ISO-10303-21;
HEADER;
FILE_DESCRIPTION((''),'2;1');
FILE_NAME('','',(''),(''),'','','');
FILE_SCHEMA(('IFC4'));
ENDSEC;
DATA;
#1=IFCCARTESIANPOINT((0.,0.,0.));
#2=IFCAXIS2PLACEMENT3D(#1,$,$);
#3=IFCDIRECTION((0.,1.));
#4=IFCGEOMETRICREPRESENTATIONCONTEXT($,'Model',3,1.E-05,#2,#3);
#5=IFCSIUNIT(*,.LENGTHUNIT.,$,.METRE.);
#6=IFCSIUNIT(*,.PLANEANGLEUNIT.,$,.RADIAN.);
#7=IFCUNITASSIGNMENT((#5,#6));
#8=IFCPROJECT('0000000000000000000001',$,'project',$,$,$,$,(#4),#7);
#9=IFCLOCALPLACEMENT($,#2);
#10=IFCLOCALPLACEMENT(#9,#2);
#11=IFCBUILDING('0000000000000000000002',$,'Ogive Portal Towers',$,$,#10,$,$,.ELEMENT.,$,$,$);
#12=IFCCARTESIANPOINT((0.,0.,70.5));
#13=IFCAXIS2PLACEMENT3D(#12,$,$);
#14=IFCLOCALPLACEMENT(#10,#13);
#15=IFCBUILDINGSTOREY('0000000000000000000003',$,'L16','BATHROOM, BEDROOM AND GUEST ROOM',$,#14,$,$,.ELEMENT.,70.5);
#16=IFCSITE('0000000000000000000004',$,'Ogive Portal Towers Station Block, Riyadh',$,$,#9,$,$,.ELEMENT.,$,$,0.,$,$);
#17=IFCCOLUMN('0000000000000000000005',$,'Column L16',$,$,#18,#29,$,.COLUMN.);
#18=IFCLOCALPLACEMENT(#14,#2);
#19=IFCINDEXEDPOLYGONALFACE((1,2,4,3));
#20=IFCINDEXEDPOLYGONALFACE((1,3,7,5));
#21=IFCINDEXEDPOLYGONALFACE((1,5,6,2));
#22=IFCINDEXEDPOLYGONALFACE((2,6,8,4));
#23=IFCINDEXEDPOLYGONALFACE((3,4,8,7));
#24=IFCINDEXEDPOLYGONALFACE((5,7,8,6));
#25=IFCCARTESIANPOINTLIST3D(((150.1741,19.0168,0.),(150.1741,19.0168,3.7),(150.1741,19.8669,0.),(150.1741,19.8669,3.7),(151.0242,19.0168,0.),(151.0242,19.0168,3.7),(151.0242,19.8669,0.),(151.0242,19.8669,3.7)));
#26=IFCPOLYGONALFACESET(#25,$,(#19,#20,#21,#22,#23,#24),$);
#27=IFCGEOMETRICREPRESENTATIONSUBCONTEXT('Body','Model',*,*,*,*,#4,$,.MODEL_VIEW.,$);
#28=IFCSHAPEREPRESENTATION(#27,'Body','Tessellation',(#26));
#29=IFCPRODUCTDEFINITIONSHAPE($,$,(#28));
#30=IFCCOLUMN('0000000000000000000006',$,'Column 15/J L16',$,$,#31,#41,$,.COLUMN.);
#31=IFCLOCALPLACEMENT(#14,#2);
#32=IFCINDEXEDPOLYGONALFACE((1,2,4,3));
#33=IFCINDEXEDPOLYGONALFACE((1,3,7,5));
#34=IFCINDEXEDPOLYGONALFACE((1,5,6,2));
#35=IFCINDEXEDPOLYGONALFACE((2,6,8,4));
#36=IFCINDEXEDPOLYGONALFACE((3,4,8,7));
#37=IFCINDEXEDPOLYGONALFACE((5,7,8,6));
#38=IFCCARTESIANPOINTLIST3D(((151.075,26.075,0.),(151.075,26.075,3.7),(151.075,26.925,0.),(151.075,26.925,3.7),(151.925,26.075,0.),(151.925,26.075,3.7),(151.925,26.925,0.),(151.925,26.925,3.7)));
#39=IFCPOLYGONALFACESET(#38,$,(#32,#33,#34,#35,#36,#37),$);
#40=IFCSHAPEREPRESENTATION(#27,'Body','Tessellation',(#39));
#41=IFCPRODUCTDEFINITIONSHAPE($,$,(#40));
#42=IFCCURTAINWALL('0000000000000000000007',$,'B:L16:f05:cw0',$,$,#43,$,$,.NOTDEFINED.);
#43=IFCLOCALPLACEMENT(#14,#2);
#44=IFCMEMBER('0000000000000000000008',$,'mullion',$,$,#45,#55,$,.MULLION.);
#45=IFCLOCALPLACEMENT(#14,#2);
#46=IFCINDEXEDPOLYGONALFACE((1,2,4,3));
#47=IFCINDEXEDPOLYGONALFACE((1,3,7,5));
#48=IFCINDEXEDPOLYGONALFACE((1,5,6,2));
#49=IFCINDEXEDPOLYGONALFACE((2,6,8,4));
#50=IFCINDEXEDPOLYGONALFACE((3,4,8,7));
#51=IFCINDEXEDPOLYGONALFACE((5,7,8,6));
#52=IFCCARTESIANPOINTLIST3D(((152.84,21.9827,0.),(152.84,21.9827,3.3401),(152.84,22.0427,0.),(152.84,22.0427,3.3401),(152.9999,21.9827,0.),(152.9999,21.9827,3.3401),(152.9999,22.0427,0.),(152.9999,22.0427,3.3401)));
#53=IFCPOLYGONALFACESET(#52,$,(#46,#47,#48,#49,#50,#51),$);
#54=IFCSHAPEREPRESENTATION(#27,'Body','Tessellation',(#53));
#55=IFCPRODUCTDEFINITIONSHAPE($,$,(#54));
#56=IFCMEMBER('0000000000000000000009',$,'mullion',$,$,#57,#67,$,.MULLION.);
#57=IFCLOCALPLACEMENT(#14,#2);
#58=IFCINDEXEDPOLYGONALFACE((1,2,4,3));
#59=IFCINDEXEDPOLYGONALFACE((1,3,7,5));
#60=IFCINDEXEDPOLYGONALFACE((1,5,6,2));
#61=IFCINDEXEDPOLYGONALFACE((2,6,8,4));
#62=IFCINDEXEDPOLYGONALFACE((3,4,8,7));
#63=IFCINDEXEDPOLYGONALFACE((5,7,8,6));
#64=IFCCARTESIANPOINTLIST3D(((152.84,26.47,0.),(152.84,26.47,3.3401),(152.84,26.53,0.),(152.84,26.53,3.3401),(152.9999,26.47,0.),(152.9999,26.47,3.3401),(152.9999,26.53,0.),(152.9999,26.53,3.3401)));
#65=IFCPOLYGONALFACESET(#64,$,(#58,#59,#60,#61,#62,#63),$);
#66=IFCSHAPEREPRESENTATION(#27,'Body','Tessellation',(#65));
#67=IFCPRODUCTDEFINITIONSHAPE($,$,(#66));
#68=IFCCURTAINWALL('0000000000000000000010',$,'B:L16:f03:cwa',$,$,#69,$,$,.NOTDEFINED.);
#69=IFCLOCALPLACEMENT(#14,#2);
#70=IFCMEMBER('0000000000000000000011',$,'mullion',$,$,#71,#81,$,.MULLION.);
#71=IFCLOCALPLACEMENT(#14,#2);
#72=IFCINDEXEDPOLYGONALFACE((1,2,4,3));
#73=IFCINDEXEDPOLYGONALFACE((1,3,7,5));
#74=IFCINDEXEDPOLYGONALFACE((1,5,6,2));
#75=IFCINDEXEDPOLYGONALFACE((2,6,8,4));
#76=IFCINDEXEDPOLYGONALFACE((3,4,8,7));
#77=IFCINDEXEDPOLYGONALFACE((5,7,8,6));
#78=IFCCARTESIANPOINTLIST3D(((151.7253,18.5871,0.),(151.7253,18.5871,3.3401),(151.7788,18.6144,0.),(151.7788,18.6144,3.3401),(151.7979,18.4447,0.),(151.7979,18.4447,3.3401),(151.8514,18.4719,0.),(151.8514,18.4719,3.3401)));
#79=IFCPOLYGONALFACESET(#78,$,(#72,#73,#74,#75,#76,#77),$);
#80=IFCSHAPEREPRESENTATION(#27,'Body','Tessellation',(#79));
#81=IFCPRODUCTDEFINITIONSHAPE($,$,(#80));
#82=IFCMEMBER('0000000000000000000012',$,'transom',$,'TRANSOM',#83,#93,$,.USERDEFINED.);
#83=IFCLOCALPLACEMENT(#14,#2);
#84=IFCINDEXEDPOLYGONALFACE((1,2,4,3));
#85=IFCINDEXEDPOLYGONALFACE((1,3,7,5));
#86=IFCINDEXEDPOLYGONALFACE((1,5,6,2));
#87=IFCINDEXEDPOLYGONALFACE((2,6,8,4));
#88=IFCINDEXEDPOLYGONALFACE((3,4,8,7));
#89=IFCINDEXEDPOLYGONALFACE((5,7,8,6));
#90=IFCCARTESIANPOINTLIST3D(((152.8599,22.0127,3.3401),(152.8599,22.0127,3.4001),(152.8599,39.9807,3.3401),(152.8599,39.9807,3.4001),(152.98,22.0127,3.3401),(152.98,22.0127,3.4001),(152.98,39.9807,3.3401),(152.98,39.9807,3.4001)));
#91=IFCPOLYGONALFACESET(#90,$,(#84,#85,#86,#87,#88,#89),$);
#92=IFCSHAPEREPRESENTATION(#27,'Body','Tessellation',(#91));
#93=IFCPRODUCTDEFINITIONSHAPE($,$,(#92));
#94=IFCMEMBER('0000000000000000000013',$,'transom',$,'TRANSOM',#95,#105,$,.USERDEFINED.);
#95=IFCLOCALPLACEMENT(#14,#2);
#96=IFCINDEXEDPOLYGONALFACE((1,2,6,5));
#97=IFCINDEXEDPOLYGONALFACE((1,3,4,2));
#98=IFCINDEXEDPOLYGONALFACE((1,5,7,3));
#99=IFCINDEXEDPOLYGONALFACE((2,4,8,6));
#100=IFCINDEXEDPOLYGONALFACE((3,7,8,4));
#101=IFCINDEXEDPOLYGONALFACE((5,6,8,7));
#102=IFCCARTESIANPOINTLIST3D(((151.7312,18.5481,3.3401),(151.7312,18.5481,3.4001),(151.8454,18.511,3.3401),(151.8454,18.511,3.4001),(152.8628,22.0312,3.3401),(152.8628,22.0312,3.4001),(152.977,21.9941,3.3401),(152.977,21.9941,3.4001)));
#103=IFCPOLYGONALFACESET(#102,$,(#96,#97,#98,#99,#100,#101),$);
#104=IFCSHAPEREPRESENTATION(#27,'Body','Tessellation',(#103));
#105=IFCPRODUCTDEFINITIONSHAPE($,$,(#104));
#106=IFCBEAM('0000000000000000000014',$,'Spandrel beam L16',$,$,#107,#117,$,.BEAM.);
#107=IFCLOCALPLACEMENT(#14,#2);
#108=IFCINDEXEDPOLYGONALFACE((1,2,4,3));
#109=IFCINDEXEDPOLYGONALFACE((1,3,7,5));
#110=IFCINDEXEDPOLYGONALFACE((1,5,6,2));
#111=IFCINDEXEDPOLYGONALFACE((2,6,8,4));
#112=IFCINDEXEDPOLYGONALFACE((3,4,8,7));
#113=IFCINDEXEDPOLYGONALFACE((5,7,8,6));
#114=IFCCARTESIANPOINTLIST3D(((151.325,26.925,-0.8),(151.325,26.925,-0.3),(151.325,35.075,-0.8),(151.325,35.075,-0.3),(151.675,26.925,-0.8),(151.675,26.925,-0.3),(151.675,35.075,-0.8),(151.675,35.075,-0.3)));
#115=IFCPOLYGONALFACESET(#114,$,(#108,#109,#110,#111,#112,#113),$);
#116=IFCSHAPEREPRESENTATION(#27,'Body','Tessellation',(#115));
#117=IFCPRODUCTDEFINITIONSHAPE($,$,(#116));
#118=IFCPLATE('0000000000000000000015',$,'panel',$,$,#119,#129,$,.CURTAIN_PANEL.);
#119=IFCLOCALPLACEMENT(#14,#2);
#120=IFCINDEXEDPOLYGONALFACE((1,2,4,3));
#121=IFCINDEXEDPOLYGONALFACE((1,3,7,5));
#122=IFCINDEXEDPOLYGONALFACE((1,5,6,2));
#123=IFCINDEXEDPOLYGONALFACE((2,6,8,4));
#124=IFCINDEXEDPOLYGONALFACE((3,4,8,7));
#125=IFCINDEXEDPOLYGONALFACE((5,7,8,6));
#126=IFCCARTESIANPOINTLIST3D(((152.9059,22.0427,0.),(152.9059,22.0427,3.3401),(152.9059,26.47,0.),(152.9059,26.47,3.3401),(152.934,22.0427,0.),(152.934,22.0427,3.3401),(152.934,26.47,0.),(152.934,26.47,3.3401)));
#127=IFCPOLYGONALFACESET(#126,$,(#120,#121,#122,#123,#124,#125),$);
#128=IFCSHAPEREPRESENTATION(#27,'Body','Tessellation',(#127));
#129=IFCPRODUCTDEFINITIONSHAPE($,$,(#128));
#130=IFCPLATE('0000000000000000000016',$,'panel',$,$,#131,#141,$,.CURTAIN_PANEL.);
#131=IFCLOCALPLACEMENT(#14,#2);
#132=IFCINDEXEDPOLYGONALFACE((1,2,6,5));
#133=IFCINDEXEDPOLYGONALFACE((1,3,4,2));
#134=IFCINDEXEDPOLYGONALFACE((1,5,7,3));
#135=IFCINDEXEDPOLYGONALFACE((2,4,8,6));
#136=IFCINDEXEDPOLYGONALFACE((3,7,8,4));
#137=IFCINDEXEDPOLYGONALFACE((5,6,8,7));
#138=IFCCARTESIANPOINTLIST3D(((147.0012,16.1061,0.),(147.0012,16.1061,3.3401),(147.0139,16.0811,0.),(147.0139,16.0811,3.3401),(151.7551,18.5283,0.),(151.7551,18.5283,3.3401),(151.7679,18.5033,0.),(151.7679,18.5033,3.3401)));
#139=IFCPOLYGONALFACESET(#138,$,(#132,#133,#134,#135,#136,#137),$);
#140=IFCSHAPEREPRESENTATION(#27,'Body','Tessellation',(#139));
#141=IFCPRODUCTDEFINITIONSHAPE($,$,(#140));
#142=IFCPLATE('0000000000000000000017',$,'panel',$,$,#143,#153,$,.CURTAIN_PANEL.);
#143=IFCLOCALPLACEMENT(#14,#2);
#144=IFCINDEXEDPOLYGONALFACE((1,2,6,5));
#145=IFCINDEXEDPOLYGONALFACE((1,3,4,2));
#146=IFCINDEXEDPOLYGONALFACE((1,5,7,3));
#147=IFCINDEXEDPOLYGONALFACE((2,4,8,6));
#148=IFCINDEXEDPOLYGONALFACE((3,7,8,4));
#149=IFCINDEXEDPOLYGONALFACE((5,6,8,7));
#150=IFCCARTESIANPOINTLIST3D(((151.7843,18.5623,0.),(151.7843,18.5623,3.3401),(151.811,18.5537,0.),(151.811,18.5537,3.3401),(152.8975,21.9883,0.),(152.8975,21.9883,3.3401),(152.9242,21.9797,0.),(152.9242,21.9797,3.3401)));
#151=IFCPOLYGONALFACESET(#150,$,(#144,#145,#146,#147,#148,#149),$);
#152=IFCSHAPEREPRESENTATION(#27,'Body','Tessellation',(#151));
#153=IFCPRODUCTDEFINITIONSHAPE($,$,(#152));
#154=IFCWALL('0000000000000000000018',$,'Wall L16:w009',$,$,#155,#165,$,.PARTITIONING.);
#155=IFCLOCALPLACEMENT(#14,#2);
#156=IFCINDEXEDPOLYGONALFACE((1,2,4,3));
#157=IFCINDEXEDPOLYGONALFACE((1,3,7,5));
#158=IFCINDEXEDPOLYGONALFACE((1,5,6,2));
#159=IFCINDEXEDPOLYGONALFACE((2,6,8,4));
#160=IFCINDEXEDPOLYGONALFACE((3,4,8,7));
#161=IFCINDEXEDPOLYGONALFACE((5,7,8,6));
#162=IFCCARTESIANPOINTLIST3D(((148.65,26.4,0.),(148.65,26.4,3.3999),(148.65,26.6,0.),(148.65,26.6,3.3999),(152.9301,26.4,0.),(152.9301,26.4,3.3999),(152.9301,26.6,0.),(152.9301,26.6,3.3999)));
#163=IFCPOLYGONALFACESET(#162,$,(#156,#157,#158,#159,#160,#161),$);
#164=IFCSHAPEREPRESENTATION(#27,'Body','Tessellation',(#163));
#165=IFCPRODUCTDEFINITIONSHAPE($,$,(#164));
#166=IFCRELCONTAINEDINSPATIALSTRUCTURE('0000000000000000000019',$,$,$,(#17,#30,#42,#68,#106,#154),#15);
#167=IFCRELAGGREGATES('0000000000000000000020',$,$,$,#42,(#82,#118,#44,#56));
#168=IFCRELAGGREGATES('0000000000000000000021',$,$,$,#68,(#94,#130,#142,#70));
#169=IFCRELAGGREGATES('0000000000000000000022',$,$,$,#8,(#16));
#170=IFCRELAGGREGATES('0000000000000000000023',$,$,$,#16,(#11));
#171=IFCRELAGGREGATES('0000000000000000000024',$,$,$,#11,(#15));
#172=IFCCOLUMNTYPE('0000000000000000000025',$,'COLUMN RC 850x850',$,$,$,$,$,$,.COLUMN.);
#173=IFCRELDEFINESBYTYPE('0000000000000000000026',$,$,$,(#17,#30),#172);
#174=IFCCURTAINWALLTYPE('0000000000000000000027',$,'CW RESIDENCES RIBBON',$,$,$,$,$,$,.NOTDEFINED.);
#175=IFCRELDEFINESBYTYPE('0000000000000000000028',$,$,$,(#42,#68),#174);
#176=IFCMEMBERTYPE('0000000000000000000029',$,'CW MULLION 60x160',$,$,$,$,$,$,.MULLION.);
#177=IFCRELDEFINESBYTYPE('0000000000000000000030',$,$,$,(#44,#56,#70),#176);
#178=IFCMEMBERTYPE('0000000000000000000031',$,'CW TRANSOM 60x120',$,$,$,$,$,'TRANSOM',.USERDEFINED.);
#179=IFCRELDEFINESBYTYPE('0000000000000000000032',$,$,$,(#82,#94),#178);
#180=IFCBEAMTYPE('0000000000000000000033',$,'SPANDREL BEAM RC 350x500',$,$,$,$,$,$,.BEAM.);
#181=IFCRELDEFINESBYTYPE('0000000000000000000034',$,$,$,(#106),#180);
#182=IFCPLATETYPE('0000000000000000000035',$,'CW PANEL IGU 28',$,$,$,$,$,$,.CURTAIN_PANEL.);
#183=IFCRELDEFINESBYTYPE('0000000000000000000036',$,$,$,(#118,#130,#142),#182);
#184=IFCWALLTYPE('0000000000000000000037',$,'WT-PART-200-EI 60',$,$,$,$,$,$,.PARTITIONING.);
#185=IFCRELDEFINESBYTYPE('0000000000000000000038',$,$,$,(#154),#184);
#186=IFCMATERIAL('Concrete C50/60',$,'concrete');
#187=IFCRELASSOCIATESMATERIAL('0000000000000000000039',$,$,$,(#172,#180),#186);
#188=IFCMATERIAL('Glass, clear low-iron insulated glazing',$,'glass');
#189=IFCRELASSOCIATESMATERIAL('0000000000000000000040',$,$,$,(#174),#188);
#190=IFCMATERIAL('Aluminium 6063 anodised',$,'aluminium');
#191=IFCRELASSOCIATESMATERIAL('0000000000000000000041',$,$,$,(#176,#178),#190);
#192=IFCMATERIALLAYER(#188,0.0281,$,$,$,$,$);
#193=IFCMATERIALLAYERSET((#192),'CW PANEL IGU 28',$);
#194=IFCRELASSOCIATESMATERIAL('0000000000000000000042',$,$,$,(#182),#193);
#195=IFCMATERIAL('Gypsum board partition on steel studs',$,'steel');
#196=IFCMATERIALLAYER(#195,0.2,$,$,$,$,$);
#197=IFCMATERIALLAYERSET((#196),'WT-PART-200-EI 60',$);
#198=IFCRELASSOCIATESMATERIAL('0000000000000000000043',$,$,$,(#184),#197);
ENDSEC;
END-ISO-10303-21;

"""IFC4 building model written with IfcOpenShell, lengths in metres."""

from ifc_helpers import new_model, si_unit, direction, frame, frame_2d, origin, origin_2d, place, context, subcontext, project, spatial, rectangle, extrude, material, layer, layer_set, material_profile, profile_set, type_object, element, aggregate, save


model = new_model("IFC4")

# Units and contexts
model_context = context("Model", 3, precision=1e-05, world=origin(), true_north=direction((0.0, 1.0)))
body_context = subcontext(model_context, "Body", "Model", "MODEL_VIEW")
ifc_project = project(units=[si_unit("LENGTHUNIT", "METRE"), si_unit("PLANEANGLEUNIT", "RADIAN")], contexts=[model_context])

# Site, building, storey
site_placement = place(None, origin())
site = spatial("IfcSite", under=ifc_project, at=site_placement, Name="Ogive Portal Towers Station Block, Riyadh", CompositionType="ELEMENT", RefElevation=0.0)
building_placement = place(site_placement, origin())
building = spatial("IfcBuilding", under=site, at=building_placement, Name="Ogive Portal Towers", CompositionType="ELEMENT")
storey_placement = place(building_placement, frame((0.0, 0.0, 70.5)))
storey = spatial("IfcBuildingStorey", under=building, at=storey_placement, Name="L16", Description="BATHROOM, BEDROOM AND GUEST ROOM", CompositionType="ELEMENT", Elevation=70.5)

# Columns
ifc_material_1 = material(Name="Concrete C50/60", Category="concrete")
ifc_material_profile_1 = material_profile(ifc_material_1, rectangle(XDim=0.8501, YDim=0.8501, at=origin_2d()), Name="RC 850x850")
ifc_profile_set_1 = profile_set([ifc_material_profile_1], Name="Concrete C50/60")
column_type = type_object("IfcColumnType", Name="COLUMN RC 850x850", PredefinedType="COLUMN", material=ifc_profile_set_1)
for number, where, z_axis, x_axis, name in (
    (1, (150.5991, 19.4419, 0.0), (0.0, 0.0, 1.0), (1.0, 0.0, 0.0), "Column L16"),
    (2, (151.5, 26.5, 0.0), (0.0, 0.0, 1.0), (1.0, 0.0, 0.0), "Column 15/J L16"),
):
    element("IfcColumn", number, at=place(storey_placement, frame(where, z_axis=z_axis, x_axis=x_axis)), inside=storey, type_object=column_type, Name=name, PredefinedType="COLUMN", context=body_context, shape_type="SweptSolid", body=[
        extrude(rectangle(XDim=0.8501, YDim=0.8501, at=origin_2d()), origin(), (0.0, 0.0, 1.0), 3.7),
    ])

# Curtain wall, members
ifc_material_2 = material(Name="Glass, clear low-iron insulated glazing", Category="glass")
curtain_wall_type = type_object("IfcCurtainWallType", Name="CW RESIDENCES RIBBON", PredefinedType="NOTDEFINED", material=ifc_material_2)
curtain_wall_1_placement = place(storey_placement, origin())
curtain_wall_1 = element("IfcCurtainWall", 3, at=curtain_wall_1_placement, inside=storey, type_object=curtain_wall_type, Name="B:L16:f05:cw0", PredefinedType="NOTDEFINED")
ifc_material_3 = material(Name="Aluminium 6063 anodised", Category="aluminium")
ifc_material_profile_2 = material_profile(ifc_material_3, rectangle(XDim=0.1599, YDim=0.0601, at=origin_2d()), Name="AL 60x160")
ifc_profile_set_2 = profile_set([ifc_material_profile_2], Name="Aluminium 6063 anodised")
member_type_1 = type_object("IfcMemberType", Name="CW MULLION 60x160", PredefinedType="MULLION", material=ifc_profile_set_2)
member_1_placement = place(storey_placement, frame((152.9199, 22.0127, 0.0), z_axis=(0.0, 0.0, 1.0), x_axis=(-1.0, 0.0, 0.0)))
member_1 = element("IfcMember", 4, at=member_1_placement, type_object=member_type_1, Name="mullion", PredefinedType="MULLION", context=body_context, shape_type="SweptSolid", body=[
    extrude(rectangle(XDim=0.1599, YDim=0.0601, at=origin_2d()), origin(), (0.0, 0.0, 1.0), 3.3401),
])
member_2_placement = place(storey_placement, frame((152.9199, 26.5, 0.0), z_axis=(0.0, 0.0, 1.0), x_axis=(-1.0, 0.0, 0.0)))
member_2 = element("IfcMember", 5, at=member_2_placement, type_object=member_type_1, Name="mullion", PredefinedType="MULLION", context=body_context, shape_type="SweptSolid", body=[
    extrude(rectangle(XDim=0.1599, YDim=0.0601, at=origin_2d()), origin(), (0.0, 0.0, 1.0), 3.3401),
])

# Curtain wall, member
curtain_wall_2_placement = place(storey_placement, origin())
curtain_wall_2 = element("IfcCurtainWall", 6, at=curtain_wall_2_placement, inside=storey, type_object=curtain_wall_type, Name="B:L16:f03:cwa", PredefinedType="NOTDEFINED")
member_3_placement = place(storey_placement, frame((151.7883, 18.5295, 0.0), z_axis=(0.0, 0.0, 1.0), x_axis=(-0.45399, 0.891007, 0.0)))
member_3 = element("IfcMember", 7, at=member_3_placement, type_object=member_type_1, Name="mullion", PredefinedType="MULLION", context=body_context, shape_type="SweptSolid", body=[
    extrude(rectangle(XDim=0.1599, YDim=0.0601, at=origin_2d()), origin(), (0.0, 0.0, 1.0), 3.3401),
])

# Members
ifc_material_profile_3 = material_profile(ifc_material_3, rectangle(XDim=0.1201, YDim=0.0601, at=origin_2d()), Name="AL 120x60")
ifc_profile_set_3 = profile_set([ifc_material_profile_3], Name="Aluminium 6063 anodised")
member_type_2 = type_object("IfcMemberType", Name="CW TRANSOM 60x120", ElementType="TRANSOM", PredefinedType="USERDEFINED", material=ifc_profile_set_3)
member_4_placement = place(storey_placement, frame((152.9199, 22.0127, 3.3701), z_axis=(0.0, 1.0, 0.0), x_axis=(-1.0, 0.0, 0.0)))
member_4 = element("IfcMember", 8, at=member_4_placement, type_object=member_type_2, Name="transom", ObjectType="TRANSOM", PredefinedType="USERDEFINED", context=body_context, shape_type="SweptSolid", body=[
    extrude(rectangle(XDim=0.1201, YDim=0.0601, at=origin_2d()), origin(), (0.0, 0.0, 1.0), 17.968),
])
member_5_placement = place(storey_placement, frame((151.7883, 18.5295, 3.3701), z_axis=(0.308979, 0.951069, 0.0), x_axis=(-0.951069, 0.308979, 0.0)))
member_5 = element("IfcMember", 9, at=member_5_placement, type_object=member_type_2, Name="transom", ObjectType="TRANSOM", PredefinedType="USERDEFINED", context=body_context, shape_type="SweptSolid", body=[
    extrude(rectangle(XDim=0.1201, YDim=0.0601, at=origin_2d()), origin(), (0.0, 0.0, 1.0), 3.6624),
])

# Beam
ifc_material_profile_4 = material_profile(ifc_material_1, rectangle(XDim=0.3501, YDim=0.5, at=origin_2d()), Name="RC 350x500")
ifc_profile_set_4 = profile_set([ifc_material_profile_4], Name="Concrete C50/60")
beam_type = type_object("IfcBeamType", Name="SPANDREL BEAM RC 350x500", PredefinedType="BEAM", material=ifc_profile_set_4)
beam_placement = place(storey_placement, frame((151.5, 26.925, -0.55), z_axis=(0.0, 1.0, 0.0), x_axis=(-1.0, 0.0, 0.0)))
element("IfcBeam", 10, at=beam_placement, inside=storey, type_object=beam_type, Name="Spandrel beam L16", PredefinedType="BEAM", context=body_context, shape_type="SweptSolid", body=[
    extrude(rectangle(XDim=0.3501, YDim=0.5, at=origin_2d()), origin(), (0.0, 0.0, 1.0), 8.1499),
])

# Plates
ifc_layer_1 = layer(ifc_material_2, 0.0281)
ifc_layer_set_1 = layer_set([ifc_layer_1], Name="CW PANEL IGU 28")
plate_type = type_object("IfcPlateType", Name="CW PANEL IGU 28", PredefinedType="CURTAIN_PANEL", material=ifc_layer_set_1)
plate_1_placement = place(storey_placement, frame((152.9199, 24.2563, 0.0), z_axis=(0.0, 0.0, 1.0), x_axis=(0.0, 1.0, 0.0)))
plate_1 = element("IfcPlate", 11, at=plate_1_placement, type_object=plate_type, Name="panel", PredefinedType="CURTAIN_PANEL", context=body_context, shape_type="SweptSolid", body=[
    extrude(rectangle(XDim=4.4272, YDim=0.0281, at=origin_2d()), origin(), (0.0, 0.0, 1.0), 3.3401),
])
aggregate(curtain_wall_1, [member_4, plate_1, member_1, member_2])
plate_2_placement = place(storey_placement, frame((149.3845, 17.3047, 0.0), z_axis=(0.0, 0.0, 1.0), x_axis=(0.891007, 0.45399, 0.0)))
plate_2 = element("IfcPlate", 12, at=plate_2_placement, type_object=plate_type, Name="panel", PredefinedType="CURTAIN_PANEL", context=body_context, shape_type="SweptSolid", body=[
    extrude(rectangle(XDim=5.3354, YDim=0.0281, at=origin_2d()), origin(), (0.0, 0.0, 1.0), 3.3401),
])
plate_3_placement = place(storey_placement, frame((152.3542, 20.271, 0.0), z_axis=(0.0, 0.0, 1.0), x_axis=(0.309017, 0.951057, 0.0)))
plate_3 = element("IfcPlate", 13, at=plate_3_placement, type_object=plate_type, Name="panel", PredefinedType="CURTAIN_PANEL", context=body_context, shape_type="SweptSolid", body=[
    extrude(rectangle(XDim=3.6023, YDim=0.0281, at=origin_2d()), origin(), (0.0, 0.0, 1.0), 3.3401),
])
aggregate(curtain_wall_2, [member_5, plate_2, plate_3, member_3])

# Wall
ifc_material_4 = material(Name="Gypsum board partition on steel studs", Category="steel")
ifc_layer_2 = layer(ifc_material_4, 0.2)
ifc_layer_set_2 = layer_set([ifc_layer_2], Name="WT-PART-200-EI 60")
wall_type = type_object("IfcWallType", Name="WT-PART-200-EI 60", PredefinedType="PARTITIONING", material=ifc_layer_set_2)
wall_1_placement = place(storey_placement, frame((148.6499, 26.5, 0.0), z_axis=(0.0, 0.0, 1.0), x_axis=(1.0, 0.0, 0.0)))
element("IfcWall", 14, at=wall_1_placement, inside=storey, type_object=wall_type, Name="Wall L16:w009", PredefinedType="PARTITIONING", context=body_context, shape_type="SweptSolid", body=[
    extrude(rectangle(XDim=4.28, YDim=0.2, at=frame_2d((2.1401, 0.0))), origin(), (0.0, 0.0, 1.0), 3.3999),
])

save(model, "model.ifc")
